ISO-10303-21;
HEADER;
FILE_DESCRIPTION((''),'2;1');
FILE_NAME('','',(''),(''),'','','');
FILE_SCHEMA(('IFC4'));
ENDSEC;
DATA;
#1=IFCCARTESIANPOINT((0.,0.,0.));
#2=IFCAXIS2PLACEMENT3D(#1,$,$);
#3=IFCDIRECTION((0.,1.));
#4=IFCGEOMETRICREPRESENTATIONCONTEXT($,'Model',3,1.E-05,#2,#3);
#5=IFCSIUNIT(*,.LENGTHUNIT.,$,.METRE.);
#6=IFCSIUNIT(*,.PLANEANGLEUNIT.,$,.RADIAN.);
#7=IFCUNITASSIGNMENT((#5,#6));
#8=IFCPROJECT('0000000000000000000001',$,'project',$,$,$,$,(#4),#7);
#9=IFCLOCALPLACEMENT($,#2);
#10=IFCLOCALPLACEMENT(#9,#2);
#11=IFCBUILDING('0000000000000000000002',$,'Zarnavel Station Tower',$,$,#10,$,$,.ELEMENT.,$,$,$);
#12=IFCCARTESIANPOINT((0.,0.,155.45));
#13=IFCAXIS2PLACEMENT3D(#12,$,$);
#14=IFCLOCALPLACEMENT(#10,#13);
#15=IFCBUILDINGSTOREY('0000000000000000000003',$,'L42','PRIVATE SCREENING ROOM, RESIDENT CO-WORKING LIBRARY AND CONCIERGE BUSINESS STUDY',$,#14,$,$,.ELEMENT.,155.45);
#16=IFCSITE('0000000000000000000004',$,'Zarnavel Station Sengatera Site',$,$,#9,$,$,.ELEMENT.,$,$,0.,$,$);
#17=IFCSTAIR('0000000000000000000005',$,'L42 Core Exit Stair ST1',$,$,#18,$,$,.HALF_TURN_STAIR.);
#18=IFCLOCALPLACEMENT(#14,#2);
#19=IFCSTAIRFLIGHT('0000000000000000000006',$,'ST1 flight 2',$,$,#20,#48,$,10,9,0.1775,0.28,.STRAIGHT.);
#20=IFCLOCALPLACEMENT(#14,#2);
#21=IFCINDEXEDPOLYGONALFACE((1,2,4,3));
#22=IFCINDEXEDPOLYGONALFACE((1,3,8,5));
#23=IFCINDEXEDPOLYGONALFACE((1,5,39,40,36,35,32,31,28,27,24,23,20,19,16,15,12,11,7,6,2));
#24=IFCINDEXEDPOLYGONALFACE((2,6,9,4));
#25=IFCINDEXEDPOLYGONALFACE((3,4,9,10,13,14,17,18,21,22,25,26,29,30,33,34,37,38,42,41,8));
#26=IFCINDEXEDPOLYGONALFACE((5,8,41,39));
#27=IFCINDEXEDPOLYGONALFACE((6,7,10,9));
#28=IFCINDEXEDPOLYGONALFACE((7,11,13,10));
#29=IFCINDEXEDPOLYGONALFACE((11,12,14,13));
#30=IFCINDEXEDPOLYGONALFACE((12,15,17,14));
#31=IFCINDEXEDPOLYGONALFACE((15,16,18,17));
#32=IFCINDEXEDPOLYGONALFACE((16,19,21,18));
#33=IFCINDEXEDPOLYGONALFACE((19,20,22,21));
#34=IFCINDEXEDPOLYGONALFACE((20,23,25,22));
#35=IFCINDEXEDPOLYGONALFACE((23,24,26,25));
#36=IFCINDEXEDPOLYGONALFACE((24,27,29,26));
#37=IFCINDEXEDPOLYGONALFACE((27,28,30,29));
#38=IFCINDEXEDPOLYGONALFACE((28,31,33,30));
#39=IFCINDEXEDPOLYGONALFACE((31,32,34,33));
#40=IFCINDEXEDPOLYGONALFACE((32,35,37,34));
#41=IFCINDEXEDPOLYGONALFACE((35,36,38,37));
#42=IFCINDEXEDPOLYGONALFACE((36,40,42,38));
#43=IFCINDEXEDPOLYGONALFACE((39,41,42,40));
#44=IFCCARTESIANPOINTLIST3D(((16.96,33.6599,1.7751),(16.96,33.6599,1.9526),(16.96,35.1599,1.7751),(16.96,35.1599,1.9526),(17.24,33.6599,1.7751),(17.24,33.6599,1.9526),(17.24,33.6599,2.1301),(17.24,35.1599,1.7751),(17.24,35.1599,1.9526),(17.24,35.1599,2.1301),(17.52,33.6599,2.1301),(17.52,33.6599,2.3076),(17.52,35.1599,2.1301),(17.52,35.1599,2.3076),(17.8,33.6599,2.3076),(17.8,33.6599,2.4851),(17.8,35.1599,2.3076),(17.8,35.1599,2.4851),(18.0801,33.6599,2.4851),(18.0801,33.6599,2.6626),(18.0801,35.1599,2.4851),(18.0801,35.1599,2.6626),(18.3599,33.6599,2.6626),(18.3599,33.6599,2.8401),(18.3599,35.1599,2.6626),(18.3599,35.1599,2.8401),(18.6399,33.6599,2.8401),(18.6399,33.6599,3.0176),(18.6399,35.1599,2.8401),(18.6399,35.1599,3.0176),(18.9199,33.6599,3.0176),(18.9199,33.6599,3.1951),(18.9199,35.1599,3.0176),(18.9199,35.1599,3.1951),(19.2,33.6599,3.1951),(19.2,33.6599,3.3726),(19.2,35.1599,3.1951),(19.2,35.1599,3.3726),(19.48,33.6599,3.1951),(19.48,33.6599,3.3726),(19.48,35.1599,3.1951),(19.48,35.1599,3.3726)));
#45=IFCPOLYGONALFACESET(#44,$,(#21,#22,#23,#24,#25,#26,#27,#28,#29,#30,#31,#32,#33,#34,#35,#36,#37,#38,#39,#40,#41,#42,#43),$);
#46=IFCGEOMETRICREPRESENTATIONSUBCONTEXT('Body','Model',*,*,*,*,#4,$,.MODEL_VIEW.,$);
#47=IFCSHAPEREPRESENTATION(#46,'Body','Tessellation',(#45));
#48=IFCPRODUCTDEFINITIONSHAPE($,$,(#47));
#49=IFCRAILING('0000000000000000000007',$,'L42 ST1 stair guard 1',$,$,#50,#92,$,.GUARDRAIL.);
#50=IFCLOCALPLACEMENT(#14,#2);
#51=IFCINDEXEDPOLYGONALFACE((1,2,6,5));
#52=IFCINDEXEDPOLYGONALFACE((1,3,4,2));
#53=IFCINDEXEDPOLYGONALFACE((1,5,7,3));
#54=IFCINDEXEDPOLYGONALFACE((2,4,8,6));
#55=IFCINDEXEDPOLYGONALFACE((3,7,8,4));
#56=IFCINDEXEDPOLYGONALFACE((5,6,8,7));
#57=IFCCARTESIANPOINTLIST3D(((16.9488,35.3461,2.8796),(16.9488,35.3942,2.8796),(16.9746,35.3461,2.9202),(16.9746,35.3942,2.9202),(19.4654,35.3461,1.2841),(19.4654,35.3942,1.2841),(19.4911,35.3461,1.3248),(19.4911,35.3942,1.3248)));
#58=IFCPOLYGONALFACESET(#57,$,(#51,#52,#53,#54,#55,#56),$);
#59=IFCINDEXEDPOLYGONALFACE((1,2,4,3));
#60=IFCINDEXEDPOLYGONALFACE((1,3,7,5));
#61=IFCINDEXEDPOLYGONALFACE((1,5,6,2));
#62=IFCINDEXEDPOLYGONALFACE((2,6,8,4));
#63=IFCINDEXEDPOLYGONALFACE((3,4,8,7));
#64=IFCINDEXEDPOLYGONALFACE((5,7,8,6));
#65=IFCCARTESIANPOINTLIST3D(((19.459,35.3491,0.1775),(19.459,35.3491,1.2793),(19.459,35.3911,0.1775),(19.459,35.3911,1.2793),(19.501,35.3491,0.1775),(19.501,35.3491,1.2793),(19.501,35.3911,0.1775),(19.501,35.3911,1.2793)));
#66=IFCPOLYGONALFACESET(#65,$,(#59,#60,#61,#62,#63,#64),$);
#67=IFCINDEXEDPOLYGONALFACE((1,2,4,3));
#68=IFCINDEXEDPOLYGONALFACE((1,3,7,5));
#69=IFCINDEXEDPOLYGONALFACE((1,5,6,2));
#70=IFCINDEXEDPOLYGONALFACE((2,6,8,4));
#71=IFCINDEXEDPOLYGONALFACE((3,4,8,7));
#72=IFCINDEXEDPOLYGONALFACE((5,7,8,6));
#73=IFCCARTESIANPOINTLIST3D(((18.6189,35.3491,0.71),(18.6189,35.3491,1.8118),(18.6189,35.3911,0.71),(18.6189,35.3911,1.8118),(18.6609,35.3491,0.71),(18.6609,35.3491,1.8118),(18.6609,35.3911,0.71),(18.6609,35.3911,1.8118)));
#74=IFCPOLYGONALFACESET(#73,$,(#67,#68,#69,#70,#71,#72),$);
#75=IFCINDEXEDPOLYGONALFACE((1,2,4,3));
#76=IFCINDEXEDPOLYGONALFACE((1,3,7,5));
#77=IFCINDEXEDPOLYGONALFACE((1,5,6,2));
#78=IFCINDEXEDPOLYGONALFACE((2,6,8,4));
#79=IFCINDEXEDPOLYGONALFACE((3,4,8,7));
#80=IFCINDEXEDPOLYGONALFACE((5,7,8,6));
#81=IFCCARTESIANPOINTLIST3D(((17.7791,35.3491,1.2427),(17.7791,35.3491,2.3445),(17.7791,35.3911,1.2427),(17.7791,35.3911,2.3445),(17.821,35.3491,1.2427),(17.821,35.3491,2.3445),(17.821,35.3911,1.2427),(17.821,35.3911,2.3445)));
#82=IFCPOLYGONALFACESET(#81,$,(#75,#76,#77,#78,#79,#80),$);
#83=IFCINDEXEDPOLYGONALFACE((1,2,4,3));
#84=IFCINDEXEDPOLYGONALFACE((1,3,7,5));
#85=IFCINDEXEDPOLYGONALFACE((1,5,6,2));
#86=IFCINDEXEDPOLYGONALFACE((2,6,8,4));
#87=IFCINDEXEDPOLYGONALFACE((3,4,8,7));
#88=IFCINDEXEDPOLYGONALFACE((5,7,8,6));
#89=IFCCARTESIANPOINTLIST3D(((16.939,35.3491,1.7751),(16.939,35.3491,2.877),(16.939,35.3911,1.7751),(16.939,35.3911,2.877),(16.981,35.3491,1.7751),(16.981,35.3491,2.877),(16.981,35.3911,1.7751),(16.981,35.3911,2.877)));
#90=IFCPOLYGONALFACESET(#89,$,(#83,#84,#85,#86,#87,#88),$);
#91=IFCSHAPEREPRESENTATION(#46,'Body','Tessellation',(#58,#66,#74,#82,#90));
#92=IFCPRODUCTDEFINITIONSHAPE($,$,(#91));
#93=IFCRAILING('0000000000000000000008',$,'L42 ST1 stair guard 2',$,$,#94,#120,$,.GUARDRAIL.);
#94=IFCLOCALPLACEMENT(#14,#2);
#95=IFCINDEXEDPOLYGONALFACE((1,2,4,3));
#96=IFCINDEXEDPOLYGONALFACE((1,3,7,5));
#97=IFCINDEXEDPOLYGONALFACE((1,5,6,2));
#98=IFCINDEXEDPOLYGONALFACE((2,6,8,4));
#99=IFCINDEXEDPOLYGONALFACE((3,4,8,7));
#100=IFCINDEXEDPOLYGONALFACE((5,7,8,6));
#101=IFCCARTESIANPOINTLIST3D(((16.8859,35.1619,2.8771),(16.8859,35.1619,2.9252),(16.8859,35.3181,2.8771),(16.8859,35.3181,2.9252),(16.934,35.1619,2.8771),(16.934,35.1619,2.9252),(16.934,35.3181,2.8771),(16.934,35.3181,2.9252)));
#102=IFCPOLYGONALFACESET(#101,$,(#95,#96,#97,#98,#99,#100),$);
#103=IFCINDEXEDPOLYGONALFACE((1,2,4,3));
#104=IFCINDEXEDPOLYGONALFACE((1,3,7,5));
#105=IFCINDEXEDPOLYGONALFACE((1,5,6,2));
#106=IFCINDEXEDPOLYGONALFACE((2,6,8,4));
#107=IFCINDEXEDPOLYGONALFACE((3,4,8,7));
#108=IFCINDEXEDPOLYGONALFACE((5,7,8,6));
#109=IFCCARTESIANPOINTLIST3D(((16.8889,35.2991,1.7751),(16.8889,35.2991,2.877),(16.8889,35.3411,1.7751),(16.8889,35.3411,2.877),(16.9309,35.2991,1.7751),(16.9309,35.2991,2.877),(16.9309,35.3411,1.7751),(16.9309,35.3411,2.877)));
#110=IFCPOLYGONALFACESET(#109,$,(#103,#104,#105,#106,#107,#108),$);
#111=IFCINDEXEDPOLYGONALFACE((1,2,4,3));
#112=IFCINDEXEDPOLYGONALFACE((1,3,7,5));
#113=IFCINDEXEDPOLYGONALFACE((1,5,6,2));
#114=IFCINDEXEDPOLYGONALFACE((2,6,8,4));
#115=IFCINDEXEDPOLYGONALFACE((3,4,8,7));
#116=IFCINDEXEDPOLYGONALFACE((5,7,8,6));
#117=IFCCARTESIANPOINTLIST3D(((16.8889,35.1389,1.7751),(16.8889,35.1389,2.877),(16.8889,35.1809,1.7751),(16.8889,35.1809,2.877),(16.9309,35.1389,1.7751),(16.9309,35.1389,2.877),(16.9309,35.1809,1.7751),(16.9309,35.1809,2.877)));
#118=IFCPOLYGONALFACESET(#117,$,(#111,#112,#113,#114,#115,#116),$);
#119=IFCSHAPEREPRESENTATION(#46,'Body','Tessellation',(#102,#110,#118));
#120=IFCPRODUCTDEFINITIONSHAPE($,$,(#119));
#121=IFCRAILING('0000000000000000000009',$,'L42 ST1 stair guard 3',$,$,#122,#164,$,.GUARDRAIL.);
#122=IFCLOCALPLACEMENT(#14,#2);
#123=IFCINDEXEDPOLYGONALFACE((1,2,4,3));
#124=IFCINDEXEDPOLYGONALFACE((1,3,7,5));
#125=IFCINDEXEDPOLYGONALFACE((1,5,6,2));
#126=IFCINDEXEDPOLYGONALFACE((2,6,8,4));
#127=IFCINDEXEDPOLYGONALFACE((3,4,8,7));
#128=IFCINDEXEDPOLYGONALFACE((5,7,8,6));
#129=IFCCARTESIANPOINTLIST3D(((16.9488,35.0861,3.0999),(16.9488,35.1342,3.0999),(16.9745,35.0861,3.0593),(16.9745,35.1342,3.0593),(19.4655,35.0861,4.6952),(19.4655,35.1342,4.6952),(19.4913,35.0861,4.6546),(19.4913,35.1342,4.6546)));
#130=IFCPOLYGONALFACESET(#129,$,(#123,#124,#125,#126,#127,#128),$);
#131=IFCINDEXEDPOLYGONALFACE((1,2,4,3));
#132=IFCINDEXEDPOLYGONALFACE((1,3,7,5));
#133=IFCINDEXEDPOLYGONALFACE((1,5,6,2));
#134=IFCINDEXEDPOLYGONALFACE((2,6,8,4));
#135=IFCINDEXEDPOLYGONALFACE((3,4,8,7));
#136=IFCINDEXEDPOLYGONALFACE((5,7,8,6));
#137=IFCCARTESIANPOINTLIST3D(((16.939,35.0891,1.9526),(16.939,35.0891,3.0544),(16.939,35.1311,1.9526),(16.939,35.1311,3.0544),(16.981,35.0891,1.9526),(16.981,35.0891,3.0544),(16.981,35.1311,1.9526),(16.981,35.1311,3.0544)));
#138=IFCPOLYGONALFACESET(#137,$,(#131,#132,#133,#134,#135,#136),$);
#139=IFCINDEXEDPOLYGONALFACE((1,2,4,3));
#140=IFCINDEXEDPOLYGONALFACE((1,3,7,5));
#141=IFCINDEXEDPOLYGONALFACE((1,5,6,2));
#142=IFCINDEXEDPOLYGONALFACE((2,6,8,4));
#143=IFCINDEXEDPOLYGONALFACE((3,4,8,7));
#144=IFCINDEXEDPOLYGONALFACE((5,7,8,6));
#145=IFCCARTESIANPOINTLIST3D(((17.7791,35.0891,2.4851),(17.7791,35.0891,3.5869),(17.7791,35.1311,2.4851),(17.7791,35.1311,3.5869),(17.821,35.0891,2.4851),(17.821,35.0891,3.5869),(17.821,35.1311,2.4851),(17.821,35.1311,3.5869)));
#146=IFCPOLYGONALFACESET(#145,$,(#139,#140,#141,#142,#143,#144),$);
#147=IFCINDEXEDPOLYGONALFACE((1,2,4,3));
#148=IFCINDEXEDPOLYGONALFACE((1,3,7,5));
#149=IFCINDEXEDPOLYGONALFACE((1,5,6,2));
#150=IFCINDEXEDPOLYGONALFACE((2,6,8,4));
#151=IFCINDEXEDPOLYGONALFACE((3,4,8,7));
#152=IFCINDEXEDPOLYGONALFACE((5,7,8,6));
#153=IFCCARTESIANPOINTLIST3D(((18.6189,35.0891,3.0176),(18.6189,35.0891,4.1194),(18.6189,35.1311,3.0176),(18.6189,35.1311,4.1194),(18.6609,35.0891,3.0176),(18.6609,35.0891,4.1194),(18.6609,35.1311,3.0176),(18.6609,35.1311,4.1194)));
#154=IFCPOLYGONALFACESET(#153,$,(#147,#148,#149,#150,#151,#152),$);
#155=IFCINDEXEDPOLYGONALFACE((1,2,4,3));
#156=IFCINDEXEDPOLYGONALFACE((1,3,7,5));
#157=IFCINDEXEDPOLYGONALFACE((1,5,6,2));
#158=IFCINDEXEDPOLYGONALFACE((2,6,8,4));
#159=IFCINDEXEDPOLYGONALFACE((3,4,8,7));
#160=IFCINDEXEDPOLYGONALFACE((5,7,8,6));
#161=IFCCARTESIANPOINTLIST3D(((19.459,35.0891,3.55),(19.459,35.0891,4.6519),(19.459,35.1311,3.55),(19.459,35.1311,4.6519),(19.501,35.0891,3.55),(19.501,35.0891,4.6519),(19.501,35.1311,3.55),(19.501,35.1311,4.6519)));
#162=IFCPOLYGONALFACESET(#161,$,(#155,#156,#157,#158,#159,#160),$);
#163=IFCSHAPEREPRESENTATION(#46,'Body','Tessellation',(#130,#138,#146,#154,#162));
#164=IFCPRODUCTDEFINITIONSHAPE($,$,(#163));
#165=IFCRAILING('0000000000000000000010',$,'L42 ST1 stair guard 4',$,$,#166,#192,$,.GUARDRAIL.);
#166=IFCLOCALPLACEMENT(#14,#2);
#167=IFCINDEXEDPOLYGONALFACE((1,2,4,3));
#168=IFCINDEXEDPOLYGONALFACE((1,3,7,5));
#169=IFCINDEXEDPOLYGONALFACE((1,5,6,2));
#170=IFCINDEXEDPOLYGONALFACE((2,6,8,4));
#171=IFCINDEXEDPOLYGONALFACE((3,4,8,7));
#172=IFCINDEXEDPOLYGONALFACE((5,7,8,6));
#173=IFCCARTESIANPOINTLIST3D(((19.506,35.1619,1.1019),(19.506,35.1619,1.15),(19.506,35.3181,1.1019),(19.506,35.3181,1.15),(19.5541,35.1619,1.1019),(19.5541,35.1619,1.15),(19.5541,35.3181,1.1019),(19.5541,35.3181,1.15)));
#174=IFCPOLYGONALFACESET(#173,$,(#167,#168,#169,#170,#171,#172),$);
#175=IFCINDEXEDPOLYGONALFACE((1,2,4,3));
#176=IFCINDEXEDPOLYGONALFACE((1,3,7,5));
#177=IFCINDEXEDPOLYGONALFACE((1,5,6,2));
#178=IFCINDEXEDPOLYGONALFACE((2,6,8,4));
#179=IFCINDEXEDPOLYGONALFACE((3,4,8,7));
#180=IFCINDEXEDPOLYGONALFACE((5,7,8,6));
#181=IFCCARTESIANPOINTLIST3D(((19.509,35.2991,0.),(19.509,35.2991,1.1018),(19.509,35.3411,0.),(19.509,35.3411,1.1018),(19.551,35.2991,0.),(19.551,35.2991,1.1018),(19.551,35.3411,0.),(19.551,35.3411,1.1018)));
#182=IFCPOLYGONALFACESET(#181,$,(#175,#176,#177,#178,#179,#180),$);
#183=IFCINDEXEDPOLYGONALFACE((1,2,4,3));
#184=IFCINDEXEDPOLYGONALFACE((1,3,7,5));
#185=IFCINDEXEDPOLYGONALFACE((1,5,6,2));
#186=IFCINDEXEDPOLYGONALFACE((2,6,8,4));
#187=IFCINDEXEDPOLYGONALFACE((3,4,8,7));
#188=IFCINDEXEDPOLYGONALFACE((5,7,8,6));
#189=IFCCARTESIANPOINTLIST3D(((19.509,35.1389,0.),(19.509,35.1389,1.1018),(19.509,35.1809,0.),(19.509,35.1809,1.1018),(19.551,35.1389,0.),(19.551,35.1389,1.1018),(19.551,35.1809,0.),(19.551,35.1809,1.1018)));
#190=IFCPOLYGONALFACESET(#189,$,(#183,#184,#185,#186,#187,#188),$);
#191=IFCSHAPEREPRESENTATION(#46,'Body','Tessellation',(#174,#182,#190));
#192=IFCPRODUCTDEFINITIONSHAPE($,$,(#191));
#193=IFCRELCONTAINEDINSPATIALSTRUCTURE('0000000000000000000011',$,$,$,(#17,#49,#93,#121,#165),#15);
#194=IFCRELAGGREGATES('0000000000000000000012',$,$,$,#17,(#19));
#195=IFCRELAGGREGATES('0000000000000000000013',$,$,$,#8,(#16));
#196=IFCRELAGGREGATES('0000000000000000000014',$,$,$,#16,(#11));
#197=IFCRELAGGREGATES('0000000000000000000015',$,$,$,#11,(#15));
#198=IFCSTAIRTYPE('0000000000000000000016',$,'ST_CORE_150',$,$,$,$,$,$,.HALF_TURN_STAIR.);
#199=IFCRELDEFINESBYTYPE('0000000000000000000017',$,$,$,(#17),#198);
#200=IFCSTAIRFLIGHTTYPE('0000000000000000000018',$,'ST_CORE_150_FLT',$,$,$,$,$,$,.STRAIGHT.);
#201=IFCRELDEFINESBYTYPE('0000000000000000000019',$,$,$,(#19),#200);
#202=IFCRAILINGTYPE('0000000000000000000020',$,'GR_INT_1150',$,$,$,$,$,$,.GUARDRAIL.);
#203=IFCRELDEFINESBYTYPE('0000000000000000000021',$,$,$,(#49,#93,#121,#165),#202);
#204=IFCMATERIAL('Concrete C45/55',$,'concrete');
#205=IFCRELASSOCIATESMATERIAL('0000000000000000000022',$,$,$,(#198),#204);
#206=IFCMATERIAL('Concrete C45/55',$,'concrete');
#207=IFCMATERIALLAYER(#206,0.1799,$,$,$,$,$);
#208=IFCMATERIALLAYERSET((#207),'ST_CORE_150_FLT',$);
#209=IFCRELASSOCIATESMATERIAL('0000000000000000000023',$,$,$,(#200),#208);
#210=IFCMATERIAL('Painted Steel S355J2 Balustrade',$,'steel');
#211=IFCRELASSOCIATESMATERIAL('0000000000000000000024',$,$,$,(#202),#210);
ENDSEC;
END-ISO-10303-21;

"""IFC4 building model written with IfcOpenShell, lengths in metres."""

from ifc_helpers import new_model, si_unit, direction, frame, origin, origin_2d, place, context, subcontext, project, spatial, polyline, rectangle, outline, extrude, material, layer, layer_set, type_object, element, aggregate, save


model = new_model("IFC4")

# Units and contexts
model_context = context("Model", 3, precision=1e-05, world=origin(), true_north=direction((0.0, 1.0)))
body_context = subcontext(model_context, "Body", "Model", "MODEL_VIEW")
ifc_project = project(units=[si_unit("LENGTHUNIT", "METRE"), si_unit("PLANEANGLEUNIT", "RADIAN")], contexts=[model_context])

# Site, building, storey
site_placement = place(None, origin())
site = spatial("IfcSite", under=ifc_project, at=site_placement, Name="Zarnavel Station Sengatera Site", CompositionType="ELEMENT", RefElevation=0.0)
building_placement = place(site_placement, origin())
building = spatial("IfcBuilding", under=site, at=building_placement, Name="Zarnavel Station Tower", CompositionType="ELEMENT")
storey_placement = place(building_placement, frame((0.0, 0.0, 155.45)))
storey = spatial("IfcBuildingStorey", under=building, at=storey_placement, Name="L42", Description="PRIVATE SCREENING ROOM, RESIDENT CO-WORKING LIBRARY AND CONCIERGE BUSINESS STUDY", CompositionType="ELEMENT", Elevation=155.45)

# Stair, stair flight
ifc_material_1 = material(Name="Concrete C45/55", Category="concrete")
stair_type = type_object("IfcStairType", Name="ST_CORE_150", PredefinedType="HALF_TURN_STAIR", material=ifc_material_1)
stair_placement = place(storey_placement, origin())
stair = element("IfcStair", 1, at=stair_placement, inside=storey, type_object=stair_type, Name="L42 Core Exit Stair ST1", PredefinedType="HALF_TURN_STAIR")
ifc_material_2 = material(Name="Concrete C45/55", Category="concrete")
ifc_layer_1 = layer(ifc_material_2, 0.1799)
ifc_layer_set_1 = layer_set([ifc_layer_1], Name="ST_CORE_150_FLT")
stair_flight_type = type_object("IfcStairFlightType", Name="ST_CORE_150_FLT", PredefinedType="STRAIGHT", material=ifc_layer_set_1)
stair_flight_1_placement = place(storey_placement, frame((16.96, 34.4099, 1.7751), z_axis=(0.0, 0.0, 1.0), x_axis=(1.0, 0.0, 0.0)))
stair_flight_1 = element("IfcStairFlight", 2, at=stair_flight_1_placement, type_object=stair_flight_type, Name="ST1 flight 2", NumberOfRisers=10, NumberOfTreads=9, PredefinedType="STRAIGHT", RiserHeight=0.1775, TreadLength=0.28, context=body_context, shape_type="SweptSolid", body=[
    extrude(outline(polyline([(0.0, 0.0), (0.0, 0.1775), (0.28, 0.1775), (0.28, 0.355), (0.5601, 0.355), (0.5601, 0.5325), (0.8401, 0.5325), (0.8401, 0.71), (1.1201, 0.71), (1.1201, 0.8875), (1.3999, 0.8875), (1.3999, 1.0649), (1.6799, 1.0649), (1.6799, 1.2424), (1.96, 1.2424), (1.96, 1.4199), (2.24, 1.4199), (2.24, 1.5974), (2.52, 1.5974), (2.52, 1.7749), (2.52, 1.4199), (0.28, 0.0), (0.0, 0.0)])), frame((0.0, 0.75, 0.0), z_axis=(0.0, -1.0, 0.0), x_axis=(1.0, 0.0, 0.0)), (0.0, 0.0, 1.0), 1.5),
])
aggregate(stair, [stair_flight_1])

# Railings
ifc_material_3 = material(Name="Painted Steel S355J2 Balustrade", Category="steel")
railing_type_1 = type_object("IfcRailingType", Name="GR_INT_1150", PredefinedType="GUARDRAIL", material=ifc_material_3)
railing_1_placement = place(storey_placement, frame((19.48, 35.3701, 0.1775)))
element("IfcRailing", 3, at=railing_1_placement, inside=storey, type_object=railing_type_1, Name="L42 ST1 stair guard 1", PredefinedType="GUARDRAIL", context=body_context, shape_type="SweptSolid", body=[
    extrude(rectangle(XDim=0.0481, YDim=0.0481, at=origin_2d()), frame((-0.0017, 0.0, 1.127), z_axis=(-0.84457, 0.0, 0.535445), x_axis=(0.0, -1.0, 0.0)), (0.0, 0.0, 1.0), 2.9797),
    extrude(rectangle(XDim=0.042, YDim=0.042, at=origin_2d()), origin(), (0.0, 0.0, 1.0), 1.1018),
    extrude(rectangle(XDim=0.042, YDim=0.042, at=origin_2d()), frame((-0.8401, 0.0, 0.5325)), (0.0, 0.0, 1.0), 1.1018),
    extrude(rectangle(XDim=0.042, YDim=0.042, at=origin_2d()), frame((-1.6799, 0.0, 1.0652)), (0.0, 0.0, 1.0), 1.1018),
    extrude(rectangle(XDim=0.042, YDim=0.042, at=origin_2d()), frame((-2.52, 0.0, 1.5977)), (0.0, 0.0, 1.0), 1.1018),
])
railing_2_placement = place(storey_placement, frame((16.9099, 35.3201, 1.7751)))
element("IfcRailing", 4, at=railing_2_placement, inside=storey, type_object=railing_type_1, Name="L42 ST1 stair guard 2", PredefinedType="GUARDRAIL", context=body_context, shape_type="SweptSolid", body=[
    extrude(rectangle(XDim=0.0481, YDim=0.0481, at=origin_2d()), frame((0.0, -0.002, 1.126), z_axis=(0.0, -1.0, 0.0), x_axis=(1.0, 0.0, 0.0)), (0.0, 0.0, 1.0), 0.1562),
    extrude(rectangle(XDim=0.042, YDim=0.042, at=origin_2d()), origin(), (0.0, 0.0, 1.0), 1.1018),
    extrude(rectangle(XDim=0.042, YDim=0.042, at=origin_2d()), frame((0.0, -0.1602, 0.0)), (0.0, 0.0, 1.0), 1.1018),
])
railing_3_placement = place(storey_placement, frame((16.96, 35.1101, 1.9526)))
element("IfcRailing", 5, at=railing_3_placement, inside=storey, type_object=railing_type_1, Name="L42 ST1 stair guard 3", PredefinedType="GUARDRAIL", context=body_context, shape_type="SweptSolid", body=[
    extrude(rectangle(XDim=0.0481, YDim=0.0481, at=origin_2d()), frame((0.0017, 0.0, 1.127), z_axis=(0.844607, 0.0, 0.535387), x_axis=(0.0, 1.0, 0.0)), (0.0, 0.0, 1.0), 2.9797),
    extrude(rectangle(XDim=0.042, YDim=0.042, at=origin_2d()), origin(), (0.0, 0.0, 1.0), 1.1018),
    extrude(rectangle(XDim=0.042, YDim=0.042, at=origin_2d()), frame((0.8401, 0.0, 0.5325)), (0.0, 0.0, 1.0), 1.1018),
    extrude(rectangle(XDim=0.042, YDim=0.042, at=origin_2d()), frame((1.6799, 0.0, 1.0649)), (0.0, 0.0, 1.0), 1.1018),
    extrude(rectangle(XDim=0.042, YDim=0.042, at=origin_2d()), frame((2.52, 0.0, 1.5974)), (0.0, 0.0, 1.0), 1.1018),
])
railing_4_placement = place(storey_placement, frame((19.53, 35.3201, 0.0)))
element("IfcRailing", 6, at=railing_4_placement, inside=storey, type_object=railing_type_1, Name="L42 ST1 stair guard 4", PredefinedType="GUARDRAIL", context=body_context, shape_type="SweptSolid", body=[
    extrude(rectangle(XDim=0.0481, YDim=0.0481, at=origin_2d()), frame((0.0, -0.002, 1.126), z_axis=(0.0, -1.0, 0.0), x_axis=(1.0, 0.0, 0.0)), (0.0, 0.0, 1.0), 0.1562),
    extrude(rectangle(XDim=0.042, YDim=0.042, at=origin_2d()), origin(), (0.0, 0.0, 1.0), 1.1018),
    extrude(rectangle(XDim=0.042, YDim=0.042, at=origin_2d()), frame((0.0, -0.1602, 0.0)), (0.0, 0.0, 1.0), 1.1018),
])

save(model, "model.ifc")
